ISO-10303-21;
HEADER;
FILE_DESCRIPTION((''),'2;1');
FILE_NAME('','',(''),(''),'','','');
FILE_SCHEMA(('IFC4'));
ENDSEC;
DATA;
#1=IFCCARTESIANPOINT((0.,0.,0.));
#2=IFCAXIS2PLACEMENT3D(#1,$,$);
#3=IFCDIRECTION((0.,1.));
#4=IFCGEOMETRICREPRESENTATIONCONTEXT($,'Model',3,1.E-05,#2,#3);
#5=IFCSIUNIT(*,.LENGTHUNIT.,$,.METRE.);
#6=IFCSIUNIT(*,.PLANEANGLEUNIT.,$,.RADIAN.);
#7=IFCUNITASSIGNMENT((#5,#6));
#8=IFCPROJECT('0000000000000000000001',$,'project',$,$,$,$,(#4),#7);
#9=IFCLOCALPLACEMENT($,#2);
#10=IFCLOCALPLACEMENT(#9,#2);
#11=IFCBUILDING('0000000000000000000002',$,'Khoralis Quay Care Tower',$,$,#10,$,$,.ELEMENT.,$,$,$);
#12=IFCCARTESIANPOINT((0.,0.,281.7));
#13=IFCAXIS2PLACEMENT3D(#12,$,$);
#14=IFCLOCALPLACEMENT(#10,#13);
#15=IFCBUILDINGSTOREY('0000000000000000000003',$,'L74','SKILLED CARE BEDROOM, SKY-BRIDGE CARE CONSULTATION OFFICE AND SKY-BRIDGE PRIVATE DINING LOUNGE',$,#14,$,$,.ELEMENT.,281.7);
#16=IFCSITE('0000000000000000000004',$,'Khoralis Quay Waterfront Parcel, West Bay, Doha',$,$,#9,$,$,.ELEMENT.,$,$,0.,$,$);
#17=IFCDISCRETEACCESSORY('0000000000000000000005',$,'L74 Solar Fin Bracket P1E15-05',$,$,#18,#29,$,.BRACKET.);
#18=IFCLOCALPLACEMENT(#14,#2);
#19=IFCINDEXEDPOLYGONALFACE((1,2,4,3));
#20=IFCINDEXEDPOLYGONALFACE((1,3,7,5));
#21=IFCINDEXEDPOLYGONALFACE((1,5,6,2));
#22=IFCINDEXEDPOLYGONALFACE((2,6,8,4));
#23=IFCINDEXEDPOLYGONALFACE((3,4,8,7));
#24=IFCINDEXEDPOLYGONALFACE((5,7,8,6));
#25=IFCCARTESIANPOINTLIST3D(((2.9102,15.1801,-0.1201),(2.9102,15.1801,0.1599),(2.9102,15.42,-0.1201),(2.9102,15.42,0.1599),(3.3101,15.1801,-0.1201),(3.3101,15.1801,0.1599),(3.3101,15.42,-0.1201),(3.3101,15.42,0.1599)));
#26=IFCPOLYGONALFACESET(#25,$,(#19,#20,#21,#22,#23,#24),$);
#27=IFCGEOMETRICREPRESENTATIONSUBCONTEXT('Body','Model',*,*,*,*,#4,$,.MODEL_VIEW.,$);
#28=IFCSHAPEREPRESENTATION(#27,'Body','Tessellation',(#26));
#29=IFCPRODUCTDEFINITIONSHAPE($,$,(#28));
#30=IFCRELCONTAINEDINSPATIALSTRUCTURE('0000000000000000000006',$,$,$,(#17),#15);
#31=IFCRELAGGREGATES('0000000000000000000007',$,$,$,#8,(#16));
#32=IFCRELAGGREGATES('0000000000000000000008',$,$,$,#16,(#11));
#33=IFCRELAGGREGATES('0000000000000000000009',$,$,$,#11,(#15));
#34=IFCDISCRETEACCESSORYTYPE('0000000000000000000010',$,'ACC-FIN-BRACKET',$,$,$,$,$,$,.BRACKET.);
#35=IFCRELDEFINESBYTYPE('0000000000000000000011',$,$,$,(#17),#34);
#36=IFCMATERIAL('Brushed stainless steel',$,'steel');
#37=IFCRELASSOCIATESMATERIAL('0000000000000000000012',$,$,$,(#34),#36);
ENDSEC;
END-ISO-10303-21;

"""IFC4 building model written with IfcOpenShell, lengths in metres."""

from ifc_helpers import new_model, si_unit, direction, frame, origin, origin_2d, place, context, subcontext, project, spatial, rectangle, extrude, source, transform, mapped, material, type_object, element, save


model = new_model("IFC4")

# Units and contexts
model_context = context("Model", 3, precision=1e-05, world=origin(), true_north=direction((0.0, 1.0)))
body_context = subcontext(model_context, "Body", "Model", "MODEL_VIEW")
ifc_project = project(units=[si_unit("LENGTHUNIT", "METRE"), si_unit("PLANEANGLEUNIT", "RADIAN")], contexts=[model_context])

# Site, building, storey
site_placement = place(None, origin())
site = spatial("IfcSite", under=ifc_project, at=site_placement, Name="Khoralis Quay Waterfront Parcel, West Bay, Doha", CompositionType="ELEMENT", RefElevation=0.0)
building_placement = place(site_placement, origin())
building = spatial("IfcBuilding", under=site, at=building_placement, Name="Khoralis Quay Care Tower", CompositionType="ELEMENT")
storey_placement = place(building_placement, frame((0.0, 0.0, 281.7)))
storey = spatial("IfcBuildingStorey", under=building, at=storey_placement, Name="L74", Description="SKILLED CARE BEDROOM, SKY-BRIDGE CARE CONSULTATION OFFICE AND SKY-BRIDGE PRIVATE DINING LOUNGE", CompositionType="ELEMENT", Elevation=281.7)

# Discrete accessory
ifc_material_1 = material(Name="Brushed stainless steel", Category="steel")
discrete_accessory_type = type_object("IfcDiscreteAccessoryType", Name="ACC-FIN-BRACKET", PredefinedType="BRACKET", material=ifc_material_1)
shared_shape_1 = source(origin(), body_context, "Body", "SweptSolid", [
    extrude(rectangle(XDim=0.3999, YDim=0.24, at=origin_2d()), origin(), (0.0, 0.0, 1.0), 0.28),
])
discrete_accessory_placement = place(storey_placement, frame((3.1101, 15.3, -0.1201), z_axis=(0.0, 0.0, 1.0), x_axis=(-1.0, 0.0, 0.0)))
element("IfcDiscreteAccessory", 1, at=discrete_accessory_placement, inside=storey, type_object=discrete_accessory_type, Name="L74 Solar Fin Bracket P1E15-05", PredefinedType="BRACKET", context=body_context, shape_type="MappedRepresentation", body=[
    mapped(shared_shape_1, transform((0.0, 0.0, 0.0), scale=1.0)),
])

save(model, "model.ifc")
